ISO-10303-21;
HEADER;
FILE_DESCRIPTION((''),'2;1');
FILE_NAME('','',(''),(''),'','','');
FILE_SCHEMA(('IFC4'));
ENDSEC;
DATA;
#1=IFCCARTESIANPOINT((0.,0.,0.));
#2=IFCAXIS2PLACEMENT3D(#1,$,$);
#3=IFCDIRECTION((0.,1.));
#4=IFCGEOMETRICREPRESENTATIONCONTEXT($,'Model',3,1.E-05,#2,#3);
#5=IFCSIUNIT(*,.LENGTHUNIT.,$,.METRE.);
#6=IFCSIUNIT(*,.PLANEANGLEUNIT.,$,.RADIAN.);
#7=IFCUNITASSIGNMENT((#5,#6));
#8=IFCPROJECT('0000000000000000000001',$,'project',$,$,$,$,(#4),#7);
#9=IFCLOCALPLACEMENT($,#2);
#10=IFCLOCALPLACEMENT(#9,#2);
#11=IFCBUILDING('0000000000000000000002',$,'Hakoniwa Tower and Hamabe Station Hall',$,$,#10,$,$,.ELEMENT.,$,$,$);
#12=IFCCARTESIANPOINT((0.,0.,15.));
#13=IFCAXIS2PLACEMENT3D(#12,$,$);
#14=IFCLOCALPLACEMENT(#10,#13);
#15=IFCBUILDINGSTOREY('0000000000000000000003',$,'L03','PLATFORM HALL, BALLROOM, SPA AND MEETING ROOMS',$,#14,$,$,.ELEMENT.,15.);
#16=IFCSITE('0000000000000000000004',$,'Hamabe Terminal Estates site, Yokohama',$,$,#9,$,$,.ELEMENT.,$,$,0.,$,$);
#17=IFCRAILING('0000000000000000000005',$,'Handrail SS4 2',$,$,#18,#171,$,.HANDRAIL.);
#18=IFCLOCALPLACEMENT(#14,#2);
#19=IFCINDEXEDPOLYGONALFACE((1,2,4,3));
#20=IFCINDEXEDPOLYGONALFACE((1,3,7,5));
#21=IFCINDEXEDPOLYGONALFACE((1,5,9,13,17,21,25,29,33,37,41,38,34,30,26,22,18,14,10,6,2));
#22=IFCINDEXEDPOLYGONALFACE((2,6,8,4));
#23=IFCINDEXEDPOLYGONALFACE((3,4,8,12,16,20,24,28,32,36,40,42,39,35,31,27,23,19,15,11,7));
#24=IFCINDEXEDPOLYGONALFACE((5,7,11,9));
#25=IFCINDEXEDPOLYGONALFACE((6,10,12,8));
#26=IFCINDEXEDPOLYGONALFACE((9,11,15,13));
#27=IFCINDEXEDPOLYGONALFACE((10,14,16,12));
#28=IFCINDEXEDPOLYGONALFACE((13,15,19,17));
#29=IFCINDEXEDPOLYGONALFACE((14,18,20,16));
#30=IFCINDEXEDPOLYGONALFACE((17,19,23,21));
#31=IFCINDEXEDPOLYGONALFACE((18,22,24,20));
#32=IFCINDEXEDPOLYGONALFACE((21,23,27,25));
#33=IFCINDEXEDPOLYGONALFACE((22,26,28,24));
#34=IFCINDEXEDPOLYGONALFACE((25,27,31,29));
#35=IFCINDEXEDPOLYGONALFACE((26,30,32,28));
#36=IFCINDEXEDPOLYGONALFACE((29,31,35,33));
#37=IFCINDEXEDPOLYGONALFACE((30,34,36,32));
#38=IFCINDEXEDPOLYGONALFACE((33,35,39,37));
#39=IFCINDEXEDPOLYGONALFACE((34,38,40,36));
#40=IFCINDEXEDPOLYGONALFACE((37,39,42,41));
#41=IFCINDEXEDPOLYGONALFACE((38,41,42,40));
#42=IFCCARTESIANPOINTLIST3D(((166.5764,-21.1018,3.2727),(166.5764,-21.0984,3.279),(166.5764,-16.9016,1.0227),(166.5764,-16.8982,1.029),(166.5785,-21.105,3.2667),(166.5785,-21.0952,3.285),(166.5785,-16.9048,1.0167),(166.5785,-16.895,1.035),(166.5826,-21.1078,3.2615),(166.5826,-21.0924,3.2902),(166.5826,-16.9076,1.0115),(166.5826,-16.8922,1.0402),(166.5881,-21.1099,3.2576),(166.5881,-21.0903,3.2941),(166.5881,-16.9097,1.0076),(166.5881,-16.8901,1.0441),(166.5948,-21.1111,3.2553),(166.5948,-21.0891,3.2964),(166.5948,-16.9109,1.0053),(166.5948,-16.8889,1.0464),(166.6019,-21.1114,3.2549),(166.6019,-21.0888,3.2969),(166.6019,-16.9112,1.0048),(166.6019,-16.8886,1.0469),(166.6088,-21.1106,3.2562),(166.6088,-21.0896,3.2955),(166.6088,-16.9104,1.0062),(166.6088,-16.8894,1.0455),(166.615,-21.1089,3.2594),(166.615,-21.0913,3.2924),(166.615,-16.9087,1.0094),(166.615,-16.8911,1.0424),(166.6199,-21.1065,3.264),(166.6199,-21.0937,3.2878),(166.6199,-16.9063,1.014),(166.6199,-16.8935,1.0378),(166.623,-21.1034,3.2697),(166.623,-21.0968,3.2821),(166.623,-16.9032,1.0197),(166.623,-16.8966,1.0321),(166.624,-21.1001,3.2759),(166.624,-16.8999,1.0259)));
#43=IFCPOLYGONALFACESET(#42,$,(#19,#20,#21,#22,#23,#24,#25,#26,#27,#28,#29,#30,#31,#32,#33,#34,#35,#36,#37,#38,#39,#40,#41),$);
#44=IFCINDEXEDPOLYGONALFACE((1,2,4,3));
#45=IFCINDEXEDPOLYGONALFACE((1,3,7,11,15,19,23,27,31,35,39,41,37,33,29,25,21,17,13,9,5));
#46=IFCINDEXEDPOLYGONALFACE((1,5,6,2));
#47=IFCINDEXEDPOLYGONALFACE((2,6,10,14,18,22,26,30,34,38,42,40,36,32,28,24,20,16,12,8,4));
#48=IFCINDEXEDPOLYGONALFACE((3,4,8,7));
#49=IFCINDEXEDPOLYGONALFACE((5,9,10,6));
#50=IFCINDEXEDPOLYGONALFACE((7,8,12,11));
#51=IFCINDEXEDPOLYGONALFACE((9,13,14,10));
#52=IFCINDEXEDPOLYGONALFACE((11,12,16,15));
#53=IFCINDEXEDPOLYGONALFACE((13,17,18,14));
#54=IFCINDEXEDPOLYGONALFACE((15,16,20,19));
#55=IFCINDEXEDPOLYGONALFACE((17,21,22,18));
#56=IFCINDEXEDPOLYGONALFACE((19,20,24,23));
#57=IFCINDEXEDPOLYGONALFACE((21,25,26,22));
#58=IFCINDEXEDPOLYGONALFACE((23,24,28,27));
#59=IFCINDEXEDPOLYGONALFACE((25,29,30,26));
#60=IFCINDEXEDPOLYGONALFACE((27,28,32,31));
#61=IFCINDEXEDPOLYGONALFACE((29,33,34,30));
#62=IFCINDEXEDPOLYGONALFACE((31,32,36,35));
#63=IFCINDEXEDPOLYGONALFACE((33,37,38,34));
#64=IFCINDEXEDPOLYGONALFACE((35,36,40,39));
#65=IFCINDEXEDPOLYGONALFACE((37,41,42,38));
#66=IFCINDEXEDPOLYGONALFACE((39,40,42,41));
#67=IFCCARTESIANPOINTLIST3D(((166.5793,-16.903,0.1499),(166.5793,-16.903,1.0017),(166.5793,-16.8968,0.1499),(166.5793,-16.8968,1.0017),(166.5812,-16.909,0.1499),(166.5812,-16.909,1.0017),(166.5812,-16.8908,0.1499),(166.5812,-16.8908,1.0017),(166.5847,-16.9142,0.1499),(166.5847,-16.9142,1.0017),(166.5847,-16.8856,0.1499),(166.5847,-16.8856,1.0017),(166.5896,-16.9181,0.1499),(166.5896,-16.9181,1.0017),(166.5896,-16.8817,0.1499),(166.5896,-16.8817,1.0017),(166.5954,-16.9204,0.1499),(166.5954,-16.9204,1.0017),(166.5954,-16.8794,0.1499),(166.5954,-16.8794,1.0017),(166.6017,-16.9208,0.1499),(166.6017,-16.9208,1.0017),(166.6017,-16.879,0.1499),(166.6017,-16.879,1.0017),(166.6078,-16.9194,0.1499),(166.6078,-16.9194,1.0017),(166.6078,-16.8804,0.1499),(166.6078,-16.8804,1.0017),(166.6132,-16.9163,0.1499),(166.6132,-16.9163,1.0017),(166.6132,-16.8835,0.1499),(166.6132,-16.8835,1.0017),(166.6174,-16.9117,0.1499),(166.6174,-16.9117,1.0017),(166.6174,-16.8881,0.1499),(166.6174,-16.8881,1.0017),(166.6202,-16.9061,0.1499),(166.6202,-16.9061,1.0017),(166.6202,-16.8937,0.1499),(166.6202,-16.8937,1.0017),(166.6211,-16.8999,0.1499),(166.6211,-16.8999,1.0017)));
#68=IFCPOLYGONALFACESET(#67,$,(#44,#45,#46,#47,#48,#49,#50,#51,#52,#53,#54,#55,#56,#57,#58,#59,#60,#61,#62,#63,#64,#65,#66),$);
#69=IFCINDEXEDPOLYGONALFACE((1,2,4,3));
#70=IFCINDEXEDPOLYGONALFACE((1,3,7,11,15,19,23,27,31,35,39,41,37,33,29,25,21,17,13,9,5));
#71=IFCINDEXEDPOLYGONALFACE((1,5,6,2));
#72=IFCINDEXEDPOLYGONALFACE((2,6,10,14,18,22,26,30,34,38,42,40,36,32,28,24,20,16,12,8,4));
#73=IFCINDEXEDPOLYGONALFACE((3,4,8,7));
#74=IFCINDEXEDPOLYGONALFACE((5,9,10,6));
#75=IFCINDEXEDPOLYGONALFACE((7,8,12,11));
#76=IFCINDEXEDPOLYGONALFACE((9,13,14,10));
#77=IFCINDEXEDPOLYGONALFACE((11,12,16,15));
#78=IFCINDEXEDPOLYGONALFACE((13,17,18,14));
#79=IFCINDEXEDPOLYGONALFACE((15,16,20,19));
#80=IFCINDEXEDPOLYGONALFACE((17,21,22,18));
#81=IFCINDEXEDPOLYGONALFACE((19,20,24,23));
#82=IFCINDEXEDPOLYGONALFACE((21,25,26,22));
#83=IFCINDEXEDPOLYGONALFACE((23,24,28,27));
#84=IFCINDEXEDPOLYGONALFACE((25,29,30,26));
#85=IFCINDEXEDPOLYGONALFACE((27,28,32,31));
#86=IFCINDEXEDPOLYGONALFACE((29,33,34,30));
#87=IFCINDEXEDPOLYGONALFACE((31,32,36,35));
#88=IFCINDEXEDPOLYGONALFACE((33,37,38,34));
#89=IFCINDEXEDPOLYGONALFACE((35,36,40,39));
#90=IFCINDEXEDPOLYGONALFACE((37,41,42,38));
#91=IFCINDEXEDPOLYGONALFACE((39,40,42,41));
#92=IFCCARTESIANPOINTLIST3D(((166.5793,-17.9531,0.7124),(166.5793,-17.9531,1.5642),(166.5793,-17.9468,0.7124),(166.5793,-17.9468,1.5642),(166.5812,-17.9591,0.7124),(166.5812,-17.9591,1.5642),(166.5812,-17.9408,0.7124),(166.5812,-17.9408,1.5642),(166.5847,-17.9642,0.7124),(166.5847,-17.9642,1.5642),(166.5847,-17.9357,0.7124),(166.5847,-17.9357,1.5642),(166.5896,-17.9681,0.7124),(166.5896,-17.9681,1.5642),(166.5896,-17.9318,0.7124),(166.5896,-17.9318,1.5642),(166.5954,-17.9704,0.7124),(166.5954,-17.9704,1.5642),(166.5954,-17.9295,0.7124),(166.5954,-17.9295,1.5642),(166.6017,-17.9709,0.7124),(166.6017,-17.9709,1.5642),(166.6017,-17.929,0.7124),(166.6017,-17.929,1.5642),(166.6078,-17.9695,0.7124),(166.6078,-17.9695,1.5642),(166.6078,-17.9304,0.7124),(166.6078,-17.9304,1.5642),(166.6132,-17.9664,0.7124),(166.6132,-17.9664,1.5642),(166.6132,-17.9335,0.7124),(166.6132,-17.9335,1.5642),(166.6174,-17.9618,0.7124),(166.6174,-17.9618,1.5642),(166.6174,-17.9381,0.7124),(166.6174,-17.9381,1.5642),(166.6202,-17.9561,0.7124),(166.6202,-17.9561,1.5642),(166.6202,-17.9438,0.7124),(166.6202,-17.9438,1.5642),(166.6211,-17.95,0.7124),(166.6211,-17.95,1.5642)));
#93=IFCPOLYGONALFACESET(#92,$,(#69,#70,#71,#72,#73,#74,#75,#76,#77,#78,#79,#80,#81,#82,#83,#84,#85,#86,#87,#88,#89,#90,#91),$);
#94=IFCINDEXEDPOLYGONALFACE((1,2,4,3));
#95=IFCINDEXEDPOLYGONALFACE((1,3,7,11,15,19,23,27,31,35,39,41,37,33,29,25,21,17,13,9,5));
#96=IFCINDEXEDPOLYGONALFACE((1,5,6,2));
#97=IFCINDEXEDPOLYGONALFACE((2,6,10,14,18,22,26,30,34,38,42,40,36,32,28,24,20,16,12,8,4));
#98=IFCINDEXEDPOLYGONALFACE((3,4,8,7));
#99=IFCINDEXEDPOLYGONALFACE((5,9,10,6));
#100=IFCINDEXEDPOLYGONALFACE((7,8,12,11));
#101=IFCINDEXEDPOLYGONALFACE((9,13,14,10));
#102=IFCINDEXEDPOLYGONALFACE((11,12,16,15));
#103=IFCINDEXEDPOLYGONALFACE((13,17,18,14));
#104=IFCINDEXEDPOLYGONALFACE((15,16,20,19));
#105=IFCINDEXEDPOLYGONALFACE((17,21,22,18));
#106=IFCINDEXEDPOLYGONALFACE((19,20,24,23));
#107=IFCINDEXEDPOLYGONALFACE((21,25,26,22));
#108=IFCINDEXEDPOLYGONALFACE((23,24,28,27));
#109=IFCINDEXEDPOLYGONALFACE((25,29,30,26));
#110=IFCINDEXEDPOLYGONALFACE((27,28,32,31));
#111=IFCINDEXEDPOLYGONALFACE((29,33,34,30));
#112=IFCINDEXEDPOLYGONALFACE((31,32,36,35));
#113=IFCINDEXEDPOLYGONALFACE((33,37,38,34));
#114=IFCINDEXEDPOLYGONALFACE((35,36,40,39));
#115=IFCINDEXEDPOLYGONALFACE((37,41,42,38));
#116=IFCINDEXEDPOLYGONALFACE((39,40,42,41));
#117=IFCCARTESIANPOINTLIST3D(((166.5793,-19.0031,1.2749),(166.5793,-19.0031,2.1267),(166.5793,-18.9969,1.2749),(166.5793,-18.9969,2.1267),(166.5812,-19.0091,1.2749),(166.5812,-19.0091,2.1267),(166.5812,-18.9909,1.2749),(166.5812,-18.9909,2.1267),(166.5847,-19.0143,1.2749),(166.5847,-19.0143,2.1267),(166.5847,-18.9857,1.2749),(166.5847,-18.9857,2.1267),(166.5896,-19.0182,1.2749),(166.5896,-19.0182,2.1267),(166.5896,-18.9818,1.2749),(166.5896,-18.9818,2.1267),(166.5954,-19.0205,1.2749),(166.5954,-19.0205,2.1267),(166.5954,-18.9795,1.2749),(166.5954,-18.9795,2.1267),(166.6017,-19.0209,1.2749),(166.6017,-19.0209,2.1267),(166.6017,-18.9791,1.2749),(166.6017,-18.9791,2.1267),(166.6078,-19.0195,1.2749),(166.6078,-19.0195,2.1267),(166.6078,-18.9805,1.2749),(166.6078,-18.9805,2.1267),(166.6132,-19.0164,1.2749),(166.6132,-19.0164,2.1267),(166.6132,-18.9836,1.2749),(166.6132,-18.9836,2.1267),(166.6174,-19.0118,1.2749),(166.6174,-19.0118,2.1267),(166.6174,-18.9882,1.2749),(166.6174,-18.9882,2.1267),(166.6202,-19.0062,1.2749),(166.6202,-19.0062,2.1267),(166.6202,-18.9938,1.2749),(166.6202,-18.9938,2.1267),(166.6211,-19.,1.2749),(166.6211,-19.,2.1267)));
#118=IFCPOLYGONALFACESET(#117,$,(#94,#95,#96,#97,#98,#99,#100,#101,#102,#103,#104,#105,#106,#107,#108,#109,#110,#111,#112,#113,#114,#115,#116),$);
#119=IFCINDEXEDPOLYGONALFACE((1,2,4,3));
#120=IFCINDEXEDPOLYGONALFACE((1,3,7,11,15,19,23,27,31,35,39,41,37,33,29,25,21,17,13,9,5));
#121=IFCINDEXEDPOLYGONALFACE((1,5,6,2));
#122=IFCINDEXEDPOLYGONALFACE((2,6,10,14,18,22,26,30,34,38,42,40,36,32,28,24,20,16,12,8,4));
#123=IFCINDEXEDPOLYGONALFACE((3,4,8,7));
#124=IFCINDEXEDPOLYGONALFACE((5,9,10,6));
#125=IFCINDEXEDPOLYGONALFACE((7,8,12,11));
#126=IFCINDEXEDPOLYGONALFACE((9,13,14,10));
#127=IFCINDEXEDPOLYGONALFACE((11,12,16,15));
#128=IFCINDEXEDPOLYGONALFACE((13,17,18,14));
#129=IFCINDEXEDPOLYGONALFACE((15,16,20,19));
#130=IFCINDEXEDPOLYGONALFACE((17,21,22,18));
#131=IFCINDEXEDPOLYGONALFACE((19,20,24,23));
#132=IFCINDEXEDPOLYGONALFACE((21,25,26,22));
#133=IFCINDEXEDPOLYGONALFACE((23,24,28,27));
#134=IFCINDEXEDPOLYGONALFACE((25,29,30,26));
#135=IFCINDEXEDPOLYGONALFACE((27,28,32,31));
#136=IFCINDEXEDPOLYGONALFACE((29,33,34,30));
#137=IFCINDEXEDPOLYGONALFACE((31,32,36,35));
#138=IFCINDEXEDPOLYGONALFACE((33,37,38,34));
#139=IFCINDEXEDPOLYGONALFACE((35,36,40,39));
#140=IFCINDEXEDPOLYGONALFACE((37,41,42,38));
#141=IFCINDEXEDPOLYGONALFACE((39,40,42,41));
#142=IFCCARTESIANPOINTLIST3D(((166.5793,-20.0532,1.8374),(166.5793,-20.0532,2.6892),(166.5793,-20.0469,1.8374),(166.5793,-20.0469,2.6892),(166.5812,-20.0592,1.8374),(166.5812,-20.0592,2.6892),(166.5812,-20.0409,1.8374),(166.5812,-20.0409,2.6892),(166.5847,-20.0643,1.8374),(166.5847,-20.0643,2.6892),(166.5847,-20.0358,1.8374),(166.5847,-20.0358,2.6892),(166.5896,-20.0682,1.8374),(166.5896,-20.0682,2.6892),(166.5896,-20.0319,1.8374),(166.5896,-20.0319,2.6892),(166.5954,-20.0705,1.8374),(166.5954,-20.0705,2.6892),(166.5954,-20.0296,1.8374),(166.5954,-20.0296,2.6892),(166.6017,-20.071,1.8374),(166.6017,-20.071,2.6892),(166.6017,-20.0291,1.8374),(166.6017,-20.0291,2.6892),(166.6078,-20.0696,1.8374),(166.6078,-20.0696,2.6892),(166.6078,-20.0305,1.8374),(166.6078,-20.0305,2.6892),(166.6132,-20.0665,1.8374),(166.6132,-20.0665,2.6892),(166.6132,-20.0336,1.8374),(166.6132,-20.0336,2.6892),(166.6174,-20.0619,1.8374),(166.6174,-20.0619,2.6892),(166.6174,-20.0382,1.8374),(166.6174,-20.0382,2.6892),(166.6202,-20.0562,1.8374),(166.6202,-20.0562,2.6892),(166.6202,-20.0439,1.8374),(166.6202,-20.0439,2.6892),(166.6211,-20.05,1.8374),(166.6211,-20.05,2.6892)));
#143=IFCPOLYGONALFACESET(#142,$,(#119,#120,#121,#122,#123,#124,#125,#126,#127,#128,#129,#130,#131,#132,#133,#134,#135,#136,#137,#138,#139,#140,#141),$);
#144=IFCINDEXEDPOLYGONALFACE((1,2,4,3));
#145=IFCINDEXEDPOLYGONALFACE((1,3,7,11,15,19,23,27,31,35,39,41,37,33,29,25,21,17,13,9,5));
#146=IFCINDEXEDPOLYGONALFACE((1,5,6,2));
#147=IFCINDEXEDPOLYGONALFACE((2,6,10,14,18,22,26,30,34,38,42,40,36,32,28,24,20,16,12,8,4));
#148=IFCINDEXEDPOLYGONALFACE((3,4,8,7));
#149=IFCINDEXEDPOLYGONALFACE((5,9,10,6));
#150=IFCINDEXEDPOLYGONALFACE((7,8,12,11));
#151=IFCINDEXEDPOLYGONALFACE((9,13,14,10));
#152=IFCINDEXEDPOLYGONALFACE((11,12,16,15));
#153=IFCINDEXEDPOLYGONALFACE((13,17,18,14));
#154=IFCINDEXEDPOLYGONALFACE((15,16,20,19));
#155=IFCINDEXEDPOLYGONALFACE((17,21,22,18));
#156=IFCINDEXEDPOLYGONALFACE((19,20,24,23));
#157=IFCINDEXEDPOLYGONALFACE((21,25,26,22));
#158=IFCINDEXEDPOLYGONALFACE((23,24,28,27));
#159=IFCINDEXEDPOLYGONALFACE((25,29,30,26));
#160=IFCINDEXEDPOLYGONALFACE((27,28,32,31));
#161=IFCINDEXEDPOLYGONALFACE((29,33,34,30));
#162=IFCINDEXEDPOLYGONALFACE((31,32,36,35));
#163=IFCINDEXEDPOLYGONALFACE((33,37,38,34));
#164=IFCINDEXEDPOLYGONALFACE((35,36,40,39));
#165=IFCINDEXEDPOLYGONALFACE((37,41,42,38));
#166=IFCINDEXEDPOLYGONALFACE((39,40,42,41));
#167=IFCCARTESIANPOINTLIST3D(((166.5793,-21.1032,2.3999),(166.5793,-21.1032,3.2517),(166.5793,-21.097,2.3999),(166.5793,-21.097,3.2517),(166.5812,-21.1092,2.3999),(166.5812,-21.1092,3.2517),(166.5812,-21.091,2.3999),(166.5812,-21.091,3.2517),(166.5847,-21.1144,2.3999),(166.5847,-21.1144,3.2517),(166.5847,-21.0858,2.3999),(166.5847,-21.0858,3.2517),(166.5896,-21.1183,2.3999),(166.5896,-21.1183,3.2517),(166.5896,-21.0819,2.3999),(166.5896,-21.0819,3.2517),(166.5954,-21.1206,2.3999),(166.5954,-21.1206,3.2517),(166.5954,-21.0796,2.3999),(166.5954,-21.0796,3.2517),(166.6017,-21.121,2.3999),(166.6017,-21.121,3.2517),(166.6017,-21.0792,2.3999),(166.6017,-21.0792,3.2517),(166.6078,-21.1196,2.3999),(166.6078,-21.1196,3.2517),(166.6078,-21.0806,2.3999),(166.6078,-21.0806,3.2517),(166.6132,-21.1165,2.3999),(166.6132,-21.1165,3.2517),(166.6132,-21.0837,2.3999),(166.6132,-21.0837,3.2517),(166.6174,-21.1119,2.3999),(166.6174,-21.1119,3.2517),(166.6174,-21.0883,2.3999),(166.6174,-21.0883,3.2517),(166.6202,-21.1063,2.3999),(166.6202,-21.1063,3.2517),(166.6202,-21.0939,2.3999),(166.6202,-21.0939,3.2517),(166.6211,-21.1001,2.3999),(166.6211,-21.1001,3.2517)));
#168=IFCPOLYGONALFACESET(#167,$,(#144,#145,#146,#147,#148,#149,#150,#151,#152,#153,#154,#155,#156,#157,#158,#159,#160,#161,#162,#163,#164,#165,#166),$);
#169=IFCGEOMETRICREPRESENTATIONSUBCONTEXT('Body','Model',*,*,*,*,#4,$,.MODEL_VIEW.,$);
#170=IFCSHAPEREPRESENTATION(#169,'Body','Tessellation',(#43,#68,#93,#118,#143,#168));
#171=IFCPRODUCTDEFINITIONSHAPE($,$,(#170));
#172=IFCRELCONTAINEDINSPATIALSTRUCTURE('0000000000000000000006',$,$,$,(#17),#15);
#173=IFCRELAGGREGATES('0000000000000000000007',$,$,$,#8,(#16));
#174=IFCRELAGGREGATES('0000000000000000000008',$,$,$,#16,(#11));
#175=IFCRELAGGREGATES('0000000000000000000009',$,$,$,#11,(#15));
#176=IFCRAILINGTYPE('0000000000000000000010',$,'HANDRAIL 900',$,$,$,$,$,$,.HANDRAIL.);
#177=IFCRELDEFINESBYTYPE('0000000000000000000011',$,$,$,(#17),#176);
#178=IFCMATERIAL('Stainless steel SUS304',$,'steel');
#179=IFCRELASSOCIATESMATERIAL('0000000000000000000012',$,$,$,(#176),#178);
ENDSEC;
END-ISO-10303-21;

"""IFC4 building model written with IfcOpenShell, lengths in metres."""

from ifc_helpers import new_model, si_unit, direction, frame, origin, origin_2d, place, context, subcontext, project, spatial, circle, extrude, material, type_object, element, save


model = new_model("IFC4")

# Units and contexts
model_context = context("Model", 3, precision=1e-05, world=origin(), true_north=direction((0.0, 1.0)))
body_context = subcontext(model_context, "Body", "Model", "MODEL_VIEW")
ifc_project = project(units=[si_unit("LENGTHUNIT", "METRE"), si_unit("PLANEANGLEUNIT", "RADIAN")], contexts=[model_context])

# Site, building, storey
site_placement = place(None, origin())
site = spatial("IfcSite", under=ifc_project, at=site_placement, Name="Hamabe Terminal Estates site, Yokohama", CompositionType="ELEMENT", RefElevation=0.0)
building_placement = place(site_placement, origin())
building = spatial("IfcBuilding", under=site, at=building_placement, Name="Hakoniwa Tower and Hamabe Station Hall", CompositionType="ELEMENT")
storey_placement = place(building_placement, frame((0.0, 0.0, 15.0)))
storey = spatial("IfcBuildingStorey", under=building, at=storey_placement, Name="L03", Description="PLATFORM HALL, BALLROOM, SPA AND MEETING ROOMS", CompositionType="ELEMENT", Elevation=15.0)

# Railing
ifc_material_1 = material(Name="Stainless steel SUS304", Category="steel")
railing_type_1 = type_object("IfcRailingType", Name="HANDRAIL 900", PredefinedType="HANDRAIL", material=ifc_material_1)
for number, where, name in (
    (1, (166.6001, -16.8999, 0.1499), "Handrail SS4 2"),
):
    element("IfcRailing", number, at=place(storey_placement, frame(where)), inside=storey, type_object=railing_type_1, Name=name, PredefinedType="HANDRAIL", context=body_context, shape_type="SweptSolid", body=[
        extrude(circle(Radius=0.0239, at=origin_2d()), frame((0.0, 0.0, 0.876), z_axis=(0.0, -0.881489, 0.472204), x_axis=(1.0, 0.0, 0.0)), (0.0, 0.0, 1.0), 4.7649),
        extrude(circle(Radius=0.021, at=origin_2d()), origin(), (0.0, 0.0, 1.0), 0.8518),
        extrude(circle(Radius=0.021, at=origin_2d()), frame((0.0, -1.05, 0.5625)), (0.0, 0.0, 1.0), 0.8518),
        extrude(circle(Radius=0.021, at=origin_2d()), frame((0.0, -2.1001, 1.125)), (0.0, 0.0, 1.0), 0.8518),
        extrude(circle(Radius=0.021, at=origin_2d()), frame((0.0, -3.1501, 1.6875)), (0.0, 0.0, 1.0), 0.8518),
        extrude(circle(Radius=0.021, at=origin_2d()), frame((0.0, -4.2002, 2.25)), (0.0, 0.0, 1.0), 0.8518),
    ])

save(model, "model.ifc")
